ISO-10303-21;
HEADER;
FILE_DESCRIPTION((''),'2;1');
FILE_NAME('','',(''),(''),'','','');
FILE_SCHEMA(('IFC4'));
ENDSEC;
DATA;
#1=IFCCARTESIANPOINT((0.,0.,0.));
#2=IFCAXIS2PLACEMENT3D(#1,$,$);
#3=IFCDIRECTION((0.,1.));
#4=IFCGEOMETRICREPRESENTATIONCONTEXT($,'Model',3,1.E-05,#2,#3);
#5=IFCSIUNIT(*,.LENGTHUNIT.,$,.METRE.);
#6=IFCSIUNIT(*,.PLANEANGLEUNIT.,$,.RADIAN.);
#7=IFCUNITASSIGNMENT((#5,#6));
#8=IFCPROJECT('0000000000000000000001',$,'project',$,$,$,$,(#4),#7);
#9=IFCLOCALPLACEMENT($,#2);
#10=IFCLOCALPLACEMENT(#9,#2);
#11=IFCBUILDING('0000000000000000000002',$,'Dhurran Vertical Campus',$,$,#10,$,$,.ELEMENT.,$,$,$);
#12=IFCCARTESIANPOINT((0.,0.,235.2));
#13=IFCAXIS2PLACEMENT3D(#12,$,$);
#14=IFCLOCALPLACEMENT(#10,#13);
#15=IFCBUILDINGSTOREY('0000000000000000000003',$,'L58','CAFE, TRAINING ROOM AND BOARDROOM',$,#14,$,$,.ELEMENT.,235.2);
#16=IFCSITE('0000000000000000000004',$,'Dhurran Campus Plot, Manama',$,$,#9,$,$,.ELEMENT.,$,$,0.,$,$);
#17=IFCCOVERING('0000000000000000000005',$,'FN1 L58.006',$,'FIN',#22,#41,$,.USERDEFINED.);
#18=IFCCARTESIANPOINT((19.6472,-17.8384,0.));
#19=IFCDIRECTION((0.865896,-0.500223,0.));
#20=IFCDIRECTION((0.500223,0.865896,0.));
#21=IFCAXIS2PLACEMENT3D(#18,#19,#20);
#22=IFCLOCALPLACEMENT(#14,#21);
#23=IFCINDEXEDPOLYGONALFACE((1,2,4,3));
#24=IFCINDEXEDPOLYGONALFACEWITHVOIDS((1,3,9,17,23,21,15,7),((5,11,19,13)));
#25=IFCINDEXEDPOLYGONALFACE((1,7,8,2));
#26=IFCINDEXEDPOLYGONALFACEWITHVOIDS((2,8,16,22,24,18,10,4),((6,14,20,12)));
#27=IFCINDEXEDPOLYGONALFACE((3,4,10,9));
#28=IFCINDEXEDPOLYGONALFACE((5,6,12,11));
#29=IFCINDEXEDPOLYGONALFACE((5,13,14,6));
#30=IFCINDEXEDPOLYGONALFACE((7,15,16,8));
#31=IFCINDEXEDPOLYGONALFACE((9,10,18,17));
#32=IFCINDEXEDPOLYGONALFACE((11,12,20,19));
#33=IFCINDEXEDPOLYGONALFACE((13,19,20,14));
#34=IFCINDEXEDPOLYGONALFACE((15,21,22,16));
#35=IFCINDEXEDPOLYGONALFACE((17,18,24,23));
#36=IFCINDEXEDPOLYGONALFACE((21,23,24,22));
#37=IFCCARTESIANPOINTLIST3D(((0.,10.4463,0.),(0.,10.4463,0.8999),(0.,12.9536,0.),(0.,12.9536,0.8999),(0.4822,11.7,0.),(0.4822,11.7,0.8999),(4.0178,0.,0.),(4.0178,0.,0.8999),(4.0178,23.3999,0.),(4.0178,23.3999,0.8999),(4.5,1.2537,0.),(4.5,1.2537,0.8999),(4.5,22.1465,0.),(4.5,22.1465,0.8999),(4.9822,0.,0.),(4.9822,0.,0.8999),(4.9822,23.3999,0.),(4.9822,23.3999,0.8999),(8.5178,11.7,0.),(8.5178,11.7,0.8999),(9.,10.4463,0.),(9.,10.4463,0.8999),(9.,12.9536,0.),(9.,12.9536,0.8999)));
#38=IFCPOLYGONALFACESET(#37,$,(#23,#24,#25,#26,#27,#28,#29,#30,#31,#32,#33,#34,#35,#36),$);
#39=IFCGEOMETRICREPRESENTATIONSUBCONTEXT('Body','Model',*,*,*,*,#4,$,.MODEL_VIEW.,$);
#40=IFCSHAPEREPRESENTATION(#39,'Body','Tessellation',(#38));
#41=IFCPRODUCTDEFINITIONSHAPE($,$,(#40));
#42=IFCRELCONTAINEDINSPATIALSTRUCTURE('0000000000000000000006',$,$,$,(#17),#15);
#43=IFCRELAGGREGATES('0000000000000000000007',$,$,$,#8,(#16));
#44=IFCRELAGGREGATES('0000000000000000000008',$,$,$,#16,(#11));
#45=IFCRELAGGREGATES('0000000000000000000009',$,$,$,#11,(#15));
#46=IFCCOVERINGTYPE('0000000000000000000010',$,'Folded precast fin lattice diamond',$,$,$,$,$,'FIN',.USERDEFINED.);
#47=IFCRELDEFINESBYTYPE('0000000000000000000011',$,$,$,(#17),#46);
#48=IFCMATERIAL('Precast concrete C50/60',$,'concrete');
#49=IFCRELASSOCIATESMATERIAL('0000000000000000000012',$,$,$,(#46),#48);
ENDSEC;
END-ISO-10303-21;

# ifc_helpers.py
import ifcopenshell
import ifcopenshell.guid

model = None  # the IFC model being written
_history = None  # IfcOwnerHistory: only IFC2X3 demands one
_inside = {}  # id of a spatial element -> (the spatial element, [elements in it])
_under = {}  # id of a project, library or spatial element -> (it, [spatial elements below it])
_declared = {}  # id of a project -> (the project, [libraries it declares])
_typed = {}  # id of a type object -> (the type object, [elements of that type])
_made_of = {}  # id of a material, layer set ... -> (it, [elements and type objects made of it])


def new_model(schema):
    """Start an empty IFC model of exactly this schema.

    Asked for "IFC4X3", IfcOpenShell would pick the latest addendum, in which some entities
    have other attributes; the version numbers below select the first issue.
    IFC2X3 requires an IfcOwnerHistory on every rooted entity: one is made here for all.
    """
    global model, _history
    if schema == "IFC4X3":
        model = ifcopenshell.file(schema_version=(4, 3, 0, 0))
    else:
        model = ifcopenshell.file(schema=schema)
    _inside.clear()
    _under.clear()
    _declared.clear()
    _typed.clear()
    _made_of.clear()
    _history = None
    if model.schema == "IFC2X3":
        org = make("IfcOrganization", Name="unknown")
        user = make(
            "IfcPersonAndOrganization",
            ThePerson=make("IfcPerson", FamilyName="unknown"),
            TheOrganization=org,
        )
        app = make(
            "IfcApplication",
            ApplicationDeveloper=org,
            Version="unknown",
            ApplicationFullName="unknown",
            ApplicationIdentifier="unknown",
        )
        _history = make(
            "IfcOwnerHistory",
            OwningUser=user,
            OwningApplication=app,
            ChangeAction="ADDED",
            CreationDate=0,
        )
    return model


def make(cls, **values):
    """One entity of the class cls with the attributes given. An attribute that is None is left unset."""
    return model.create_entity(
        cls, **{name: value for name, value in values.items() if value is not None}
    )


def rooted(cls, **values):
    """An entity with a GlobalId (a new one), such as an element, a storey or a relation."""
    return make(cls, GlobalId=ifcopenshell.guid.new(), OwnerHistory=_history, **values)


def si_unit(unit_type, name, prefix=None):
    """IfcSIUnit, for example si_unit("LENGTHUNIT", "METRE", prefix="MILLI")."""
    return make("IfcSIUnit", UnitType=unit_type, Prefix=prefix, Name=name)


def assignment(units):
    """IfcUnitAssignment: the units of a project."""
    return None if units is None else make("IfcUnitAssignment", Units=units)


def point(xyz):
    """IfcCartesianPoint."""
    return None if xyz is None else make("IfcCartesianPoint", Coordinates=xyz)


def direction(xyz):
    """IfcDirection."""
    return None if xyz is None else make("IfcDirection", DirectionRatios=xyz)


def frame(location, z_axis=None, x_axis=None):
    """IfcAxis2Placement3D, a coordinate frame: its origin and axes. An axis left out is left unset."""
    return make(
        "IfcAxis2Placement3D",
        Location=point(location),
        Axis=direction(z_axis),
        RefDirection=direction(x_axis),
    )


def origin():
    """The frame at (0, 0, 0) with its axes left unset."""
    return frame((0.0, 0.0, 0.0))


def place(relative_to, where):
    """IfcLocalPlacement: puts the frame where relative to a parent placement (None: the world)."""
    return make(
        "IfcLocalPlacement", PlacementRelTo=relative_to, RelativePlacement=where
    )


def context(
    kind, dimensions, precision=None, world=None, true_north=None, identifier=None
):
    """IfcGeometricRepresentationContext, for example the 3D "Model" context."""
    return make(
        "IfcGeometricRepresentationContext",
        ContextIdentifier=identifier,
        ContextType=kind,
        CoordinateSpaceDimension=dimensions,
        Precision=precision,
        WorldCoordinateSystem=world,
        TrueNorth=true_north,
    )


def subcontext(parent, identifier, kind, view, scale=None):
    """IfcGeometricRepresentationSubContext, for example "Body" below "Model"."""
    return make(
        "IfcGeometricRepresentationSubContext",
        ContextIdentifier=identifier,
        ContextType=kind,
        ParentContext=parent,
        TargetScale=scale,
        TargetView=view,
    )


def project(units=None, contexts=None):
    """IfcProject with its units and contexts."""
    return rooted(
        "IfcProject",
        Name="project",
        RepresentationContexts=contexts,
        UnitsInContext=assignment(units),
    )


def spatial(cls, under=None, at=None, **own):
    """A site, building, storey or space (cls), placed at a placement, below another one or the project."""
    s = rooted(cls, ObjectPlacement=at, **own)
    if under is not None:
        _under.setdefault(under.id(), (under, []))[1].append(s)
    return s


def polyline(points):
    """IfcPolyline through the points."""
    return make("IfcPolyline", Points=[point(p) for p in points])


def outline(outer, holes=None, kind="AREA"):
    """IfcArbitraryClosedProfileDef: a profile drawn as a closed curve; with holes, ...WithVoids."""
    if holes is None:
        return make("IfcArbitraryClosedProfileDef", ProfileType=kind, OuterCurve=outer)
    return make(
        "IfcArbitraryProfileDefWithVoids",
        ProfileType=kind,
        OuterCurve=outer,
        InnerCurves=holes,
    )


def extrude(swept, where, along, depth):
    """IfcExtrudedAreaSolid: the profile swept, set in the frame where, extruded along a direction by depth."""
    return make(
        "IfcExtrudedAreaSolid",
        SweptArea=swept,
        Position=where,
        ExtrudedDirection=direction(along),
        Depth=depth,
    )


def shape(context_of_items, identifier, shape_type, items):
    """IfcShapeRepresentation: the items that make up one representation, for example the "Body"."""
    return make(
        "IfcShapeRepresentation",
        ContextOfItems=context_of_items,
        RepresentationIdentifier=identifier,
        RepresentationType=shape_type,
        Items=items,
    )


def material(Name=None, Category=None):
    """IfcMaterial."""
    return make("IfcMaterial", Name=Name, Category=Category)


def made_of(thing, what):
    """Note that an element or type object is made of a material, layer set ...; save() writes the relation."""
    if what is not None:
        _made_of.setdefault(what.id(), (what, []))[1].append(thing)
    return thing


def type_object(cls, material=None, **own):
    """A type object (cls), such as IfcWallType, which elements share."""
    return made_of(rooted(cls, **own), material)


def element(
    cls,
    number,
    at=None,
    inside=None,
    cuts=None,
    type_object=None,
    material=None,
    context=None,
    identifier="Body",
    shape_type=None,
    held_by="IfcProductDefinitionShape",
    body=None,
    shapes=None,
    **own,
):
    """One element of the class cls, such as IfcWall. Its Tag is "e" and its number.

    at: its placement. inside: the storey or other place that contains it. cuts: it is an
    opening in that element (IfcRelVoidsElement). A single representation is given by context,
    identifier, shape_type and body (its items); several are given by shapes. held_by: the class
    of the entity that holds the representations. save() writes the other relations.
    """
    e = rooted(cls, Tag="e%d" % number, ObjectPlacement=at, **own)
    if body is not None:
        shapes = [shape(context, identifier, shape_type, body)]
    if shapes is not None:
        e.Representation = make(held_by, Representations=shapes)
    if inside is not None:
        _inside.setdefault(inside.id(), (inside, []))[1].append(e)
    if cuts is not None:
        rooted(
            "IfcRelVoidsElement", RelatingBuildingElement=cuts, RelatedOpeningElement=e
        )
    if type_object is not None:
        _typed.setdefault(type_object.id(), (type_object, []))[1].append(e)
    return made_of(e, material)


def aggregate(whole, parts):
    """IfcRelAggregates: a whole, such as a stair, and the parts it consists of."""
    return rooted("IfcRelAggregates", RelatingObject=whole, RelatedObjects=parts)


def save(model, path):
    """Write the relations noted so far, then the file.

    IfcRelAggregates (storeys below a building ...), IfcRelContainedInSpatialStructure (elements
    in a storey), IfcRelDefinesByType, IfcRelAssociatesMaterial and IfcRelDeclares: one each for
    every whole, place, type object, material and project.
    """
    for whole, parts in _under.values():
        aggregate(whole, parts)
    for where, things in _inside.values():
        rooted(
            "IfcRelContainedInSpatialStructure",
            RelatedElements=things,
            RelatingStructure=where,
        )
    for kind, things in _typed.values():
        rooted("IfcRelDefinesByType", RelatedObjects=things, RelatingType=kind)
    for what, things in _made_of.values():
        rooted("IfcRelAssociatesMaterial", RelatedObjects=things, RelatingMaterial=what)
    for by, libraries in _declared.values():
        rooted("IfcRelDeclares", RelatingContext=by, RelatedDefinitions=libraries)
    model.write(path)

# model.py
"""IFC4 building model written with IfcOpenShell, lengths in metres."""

from ifc_helpers import new_model, si_unit, direction, frame, origin, place, context, subcontext, project, spatial, polyline, outline, extrude, material, type_object, element, save


model = new_model("IFC4")

# Units and contexts
model_context = context("Model", 3, precision=1e-05, world=origin(), true_north=direction((0.0, 1.0)))
body_context = subcontext(model_context, "Body", "Model", "MODEL_VIEW")
ifc_project = project(units=[si_unit("LENGTHUNIT", "METRE"), si_unit("PLANEANGLEUNIT", "RADIAN")], contexts=[model_context])

# Site, building, storey
site_placement = place(None, origin())
site = spatial("IfcSite", under=ifc_project, at=site_placement, Name="Dhurran Campus Plot, Manama", CompositionType="ELEMENT", RefElevation=0.0)
building_placement = place(site_placement, origin())
building = spatial("IfcBuilding", under=site, at=building_placement, Name="Dhurran Vertical Campus", CompositionType="ELEMENT")
storey_placement = place(building_placement, frame((0.0, 0.0, 235.2)))
storey = spatial("IfcBuildingStorey", under=building, at=storey_placement, Name="L58", Description="CAFE, TRAINING ROOM AND BOARDROOM", CompositionType="ELEMENT", Elevation=235.2)

# Covering
ifc_material_1 = material(Name="Precast concrete C50/60", Category="concrete")
covering_type = type_object("IfcCoveringType", Name="Folded precast fin lattice diamond", ElementType="FIN", PredefinedType="USERDEFINED", material=ifc_material_1)
covering_1_placement = place(storey_placement, frame((19.6472, -17.8384, 0.0), z_axis=(0.865896, -0.500223, 0.0), x_axis=(0.500223, 0.865896, 0.0)))
element("IfcCovering", 1, at=covering_1_placement, inside=storey, type_object=covering_type, Name="FN1 L58.006", ObjectType="FIN", PredefinedType="USERDEFINED", context=body_context, shape_type="SweptSolid", body=[
    extrude(outline(polyline([(9.0, 12.9536), (9.0, 10.4463), (4.9822, 0.0), (4.0178, 0.0), (0.0, 10.4463), (0.0, 12.9536), (4.0178, 23.3999), (4.9822, 23.3999), (9.0, 12.9536)]), holes=[polyline([(8.5178, 11.7), (4.5, 22.1465), (0.4822, 11.7), (4.5, 1.2537), (8.5178, 11.7)])]), origin(), (0.0, 0.0, 1.0), 0.8999),
])

save(model, "model.ifc")
